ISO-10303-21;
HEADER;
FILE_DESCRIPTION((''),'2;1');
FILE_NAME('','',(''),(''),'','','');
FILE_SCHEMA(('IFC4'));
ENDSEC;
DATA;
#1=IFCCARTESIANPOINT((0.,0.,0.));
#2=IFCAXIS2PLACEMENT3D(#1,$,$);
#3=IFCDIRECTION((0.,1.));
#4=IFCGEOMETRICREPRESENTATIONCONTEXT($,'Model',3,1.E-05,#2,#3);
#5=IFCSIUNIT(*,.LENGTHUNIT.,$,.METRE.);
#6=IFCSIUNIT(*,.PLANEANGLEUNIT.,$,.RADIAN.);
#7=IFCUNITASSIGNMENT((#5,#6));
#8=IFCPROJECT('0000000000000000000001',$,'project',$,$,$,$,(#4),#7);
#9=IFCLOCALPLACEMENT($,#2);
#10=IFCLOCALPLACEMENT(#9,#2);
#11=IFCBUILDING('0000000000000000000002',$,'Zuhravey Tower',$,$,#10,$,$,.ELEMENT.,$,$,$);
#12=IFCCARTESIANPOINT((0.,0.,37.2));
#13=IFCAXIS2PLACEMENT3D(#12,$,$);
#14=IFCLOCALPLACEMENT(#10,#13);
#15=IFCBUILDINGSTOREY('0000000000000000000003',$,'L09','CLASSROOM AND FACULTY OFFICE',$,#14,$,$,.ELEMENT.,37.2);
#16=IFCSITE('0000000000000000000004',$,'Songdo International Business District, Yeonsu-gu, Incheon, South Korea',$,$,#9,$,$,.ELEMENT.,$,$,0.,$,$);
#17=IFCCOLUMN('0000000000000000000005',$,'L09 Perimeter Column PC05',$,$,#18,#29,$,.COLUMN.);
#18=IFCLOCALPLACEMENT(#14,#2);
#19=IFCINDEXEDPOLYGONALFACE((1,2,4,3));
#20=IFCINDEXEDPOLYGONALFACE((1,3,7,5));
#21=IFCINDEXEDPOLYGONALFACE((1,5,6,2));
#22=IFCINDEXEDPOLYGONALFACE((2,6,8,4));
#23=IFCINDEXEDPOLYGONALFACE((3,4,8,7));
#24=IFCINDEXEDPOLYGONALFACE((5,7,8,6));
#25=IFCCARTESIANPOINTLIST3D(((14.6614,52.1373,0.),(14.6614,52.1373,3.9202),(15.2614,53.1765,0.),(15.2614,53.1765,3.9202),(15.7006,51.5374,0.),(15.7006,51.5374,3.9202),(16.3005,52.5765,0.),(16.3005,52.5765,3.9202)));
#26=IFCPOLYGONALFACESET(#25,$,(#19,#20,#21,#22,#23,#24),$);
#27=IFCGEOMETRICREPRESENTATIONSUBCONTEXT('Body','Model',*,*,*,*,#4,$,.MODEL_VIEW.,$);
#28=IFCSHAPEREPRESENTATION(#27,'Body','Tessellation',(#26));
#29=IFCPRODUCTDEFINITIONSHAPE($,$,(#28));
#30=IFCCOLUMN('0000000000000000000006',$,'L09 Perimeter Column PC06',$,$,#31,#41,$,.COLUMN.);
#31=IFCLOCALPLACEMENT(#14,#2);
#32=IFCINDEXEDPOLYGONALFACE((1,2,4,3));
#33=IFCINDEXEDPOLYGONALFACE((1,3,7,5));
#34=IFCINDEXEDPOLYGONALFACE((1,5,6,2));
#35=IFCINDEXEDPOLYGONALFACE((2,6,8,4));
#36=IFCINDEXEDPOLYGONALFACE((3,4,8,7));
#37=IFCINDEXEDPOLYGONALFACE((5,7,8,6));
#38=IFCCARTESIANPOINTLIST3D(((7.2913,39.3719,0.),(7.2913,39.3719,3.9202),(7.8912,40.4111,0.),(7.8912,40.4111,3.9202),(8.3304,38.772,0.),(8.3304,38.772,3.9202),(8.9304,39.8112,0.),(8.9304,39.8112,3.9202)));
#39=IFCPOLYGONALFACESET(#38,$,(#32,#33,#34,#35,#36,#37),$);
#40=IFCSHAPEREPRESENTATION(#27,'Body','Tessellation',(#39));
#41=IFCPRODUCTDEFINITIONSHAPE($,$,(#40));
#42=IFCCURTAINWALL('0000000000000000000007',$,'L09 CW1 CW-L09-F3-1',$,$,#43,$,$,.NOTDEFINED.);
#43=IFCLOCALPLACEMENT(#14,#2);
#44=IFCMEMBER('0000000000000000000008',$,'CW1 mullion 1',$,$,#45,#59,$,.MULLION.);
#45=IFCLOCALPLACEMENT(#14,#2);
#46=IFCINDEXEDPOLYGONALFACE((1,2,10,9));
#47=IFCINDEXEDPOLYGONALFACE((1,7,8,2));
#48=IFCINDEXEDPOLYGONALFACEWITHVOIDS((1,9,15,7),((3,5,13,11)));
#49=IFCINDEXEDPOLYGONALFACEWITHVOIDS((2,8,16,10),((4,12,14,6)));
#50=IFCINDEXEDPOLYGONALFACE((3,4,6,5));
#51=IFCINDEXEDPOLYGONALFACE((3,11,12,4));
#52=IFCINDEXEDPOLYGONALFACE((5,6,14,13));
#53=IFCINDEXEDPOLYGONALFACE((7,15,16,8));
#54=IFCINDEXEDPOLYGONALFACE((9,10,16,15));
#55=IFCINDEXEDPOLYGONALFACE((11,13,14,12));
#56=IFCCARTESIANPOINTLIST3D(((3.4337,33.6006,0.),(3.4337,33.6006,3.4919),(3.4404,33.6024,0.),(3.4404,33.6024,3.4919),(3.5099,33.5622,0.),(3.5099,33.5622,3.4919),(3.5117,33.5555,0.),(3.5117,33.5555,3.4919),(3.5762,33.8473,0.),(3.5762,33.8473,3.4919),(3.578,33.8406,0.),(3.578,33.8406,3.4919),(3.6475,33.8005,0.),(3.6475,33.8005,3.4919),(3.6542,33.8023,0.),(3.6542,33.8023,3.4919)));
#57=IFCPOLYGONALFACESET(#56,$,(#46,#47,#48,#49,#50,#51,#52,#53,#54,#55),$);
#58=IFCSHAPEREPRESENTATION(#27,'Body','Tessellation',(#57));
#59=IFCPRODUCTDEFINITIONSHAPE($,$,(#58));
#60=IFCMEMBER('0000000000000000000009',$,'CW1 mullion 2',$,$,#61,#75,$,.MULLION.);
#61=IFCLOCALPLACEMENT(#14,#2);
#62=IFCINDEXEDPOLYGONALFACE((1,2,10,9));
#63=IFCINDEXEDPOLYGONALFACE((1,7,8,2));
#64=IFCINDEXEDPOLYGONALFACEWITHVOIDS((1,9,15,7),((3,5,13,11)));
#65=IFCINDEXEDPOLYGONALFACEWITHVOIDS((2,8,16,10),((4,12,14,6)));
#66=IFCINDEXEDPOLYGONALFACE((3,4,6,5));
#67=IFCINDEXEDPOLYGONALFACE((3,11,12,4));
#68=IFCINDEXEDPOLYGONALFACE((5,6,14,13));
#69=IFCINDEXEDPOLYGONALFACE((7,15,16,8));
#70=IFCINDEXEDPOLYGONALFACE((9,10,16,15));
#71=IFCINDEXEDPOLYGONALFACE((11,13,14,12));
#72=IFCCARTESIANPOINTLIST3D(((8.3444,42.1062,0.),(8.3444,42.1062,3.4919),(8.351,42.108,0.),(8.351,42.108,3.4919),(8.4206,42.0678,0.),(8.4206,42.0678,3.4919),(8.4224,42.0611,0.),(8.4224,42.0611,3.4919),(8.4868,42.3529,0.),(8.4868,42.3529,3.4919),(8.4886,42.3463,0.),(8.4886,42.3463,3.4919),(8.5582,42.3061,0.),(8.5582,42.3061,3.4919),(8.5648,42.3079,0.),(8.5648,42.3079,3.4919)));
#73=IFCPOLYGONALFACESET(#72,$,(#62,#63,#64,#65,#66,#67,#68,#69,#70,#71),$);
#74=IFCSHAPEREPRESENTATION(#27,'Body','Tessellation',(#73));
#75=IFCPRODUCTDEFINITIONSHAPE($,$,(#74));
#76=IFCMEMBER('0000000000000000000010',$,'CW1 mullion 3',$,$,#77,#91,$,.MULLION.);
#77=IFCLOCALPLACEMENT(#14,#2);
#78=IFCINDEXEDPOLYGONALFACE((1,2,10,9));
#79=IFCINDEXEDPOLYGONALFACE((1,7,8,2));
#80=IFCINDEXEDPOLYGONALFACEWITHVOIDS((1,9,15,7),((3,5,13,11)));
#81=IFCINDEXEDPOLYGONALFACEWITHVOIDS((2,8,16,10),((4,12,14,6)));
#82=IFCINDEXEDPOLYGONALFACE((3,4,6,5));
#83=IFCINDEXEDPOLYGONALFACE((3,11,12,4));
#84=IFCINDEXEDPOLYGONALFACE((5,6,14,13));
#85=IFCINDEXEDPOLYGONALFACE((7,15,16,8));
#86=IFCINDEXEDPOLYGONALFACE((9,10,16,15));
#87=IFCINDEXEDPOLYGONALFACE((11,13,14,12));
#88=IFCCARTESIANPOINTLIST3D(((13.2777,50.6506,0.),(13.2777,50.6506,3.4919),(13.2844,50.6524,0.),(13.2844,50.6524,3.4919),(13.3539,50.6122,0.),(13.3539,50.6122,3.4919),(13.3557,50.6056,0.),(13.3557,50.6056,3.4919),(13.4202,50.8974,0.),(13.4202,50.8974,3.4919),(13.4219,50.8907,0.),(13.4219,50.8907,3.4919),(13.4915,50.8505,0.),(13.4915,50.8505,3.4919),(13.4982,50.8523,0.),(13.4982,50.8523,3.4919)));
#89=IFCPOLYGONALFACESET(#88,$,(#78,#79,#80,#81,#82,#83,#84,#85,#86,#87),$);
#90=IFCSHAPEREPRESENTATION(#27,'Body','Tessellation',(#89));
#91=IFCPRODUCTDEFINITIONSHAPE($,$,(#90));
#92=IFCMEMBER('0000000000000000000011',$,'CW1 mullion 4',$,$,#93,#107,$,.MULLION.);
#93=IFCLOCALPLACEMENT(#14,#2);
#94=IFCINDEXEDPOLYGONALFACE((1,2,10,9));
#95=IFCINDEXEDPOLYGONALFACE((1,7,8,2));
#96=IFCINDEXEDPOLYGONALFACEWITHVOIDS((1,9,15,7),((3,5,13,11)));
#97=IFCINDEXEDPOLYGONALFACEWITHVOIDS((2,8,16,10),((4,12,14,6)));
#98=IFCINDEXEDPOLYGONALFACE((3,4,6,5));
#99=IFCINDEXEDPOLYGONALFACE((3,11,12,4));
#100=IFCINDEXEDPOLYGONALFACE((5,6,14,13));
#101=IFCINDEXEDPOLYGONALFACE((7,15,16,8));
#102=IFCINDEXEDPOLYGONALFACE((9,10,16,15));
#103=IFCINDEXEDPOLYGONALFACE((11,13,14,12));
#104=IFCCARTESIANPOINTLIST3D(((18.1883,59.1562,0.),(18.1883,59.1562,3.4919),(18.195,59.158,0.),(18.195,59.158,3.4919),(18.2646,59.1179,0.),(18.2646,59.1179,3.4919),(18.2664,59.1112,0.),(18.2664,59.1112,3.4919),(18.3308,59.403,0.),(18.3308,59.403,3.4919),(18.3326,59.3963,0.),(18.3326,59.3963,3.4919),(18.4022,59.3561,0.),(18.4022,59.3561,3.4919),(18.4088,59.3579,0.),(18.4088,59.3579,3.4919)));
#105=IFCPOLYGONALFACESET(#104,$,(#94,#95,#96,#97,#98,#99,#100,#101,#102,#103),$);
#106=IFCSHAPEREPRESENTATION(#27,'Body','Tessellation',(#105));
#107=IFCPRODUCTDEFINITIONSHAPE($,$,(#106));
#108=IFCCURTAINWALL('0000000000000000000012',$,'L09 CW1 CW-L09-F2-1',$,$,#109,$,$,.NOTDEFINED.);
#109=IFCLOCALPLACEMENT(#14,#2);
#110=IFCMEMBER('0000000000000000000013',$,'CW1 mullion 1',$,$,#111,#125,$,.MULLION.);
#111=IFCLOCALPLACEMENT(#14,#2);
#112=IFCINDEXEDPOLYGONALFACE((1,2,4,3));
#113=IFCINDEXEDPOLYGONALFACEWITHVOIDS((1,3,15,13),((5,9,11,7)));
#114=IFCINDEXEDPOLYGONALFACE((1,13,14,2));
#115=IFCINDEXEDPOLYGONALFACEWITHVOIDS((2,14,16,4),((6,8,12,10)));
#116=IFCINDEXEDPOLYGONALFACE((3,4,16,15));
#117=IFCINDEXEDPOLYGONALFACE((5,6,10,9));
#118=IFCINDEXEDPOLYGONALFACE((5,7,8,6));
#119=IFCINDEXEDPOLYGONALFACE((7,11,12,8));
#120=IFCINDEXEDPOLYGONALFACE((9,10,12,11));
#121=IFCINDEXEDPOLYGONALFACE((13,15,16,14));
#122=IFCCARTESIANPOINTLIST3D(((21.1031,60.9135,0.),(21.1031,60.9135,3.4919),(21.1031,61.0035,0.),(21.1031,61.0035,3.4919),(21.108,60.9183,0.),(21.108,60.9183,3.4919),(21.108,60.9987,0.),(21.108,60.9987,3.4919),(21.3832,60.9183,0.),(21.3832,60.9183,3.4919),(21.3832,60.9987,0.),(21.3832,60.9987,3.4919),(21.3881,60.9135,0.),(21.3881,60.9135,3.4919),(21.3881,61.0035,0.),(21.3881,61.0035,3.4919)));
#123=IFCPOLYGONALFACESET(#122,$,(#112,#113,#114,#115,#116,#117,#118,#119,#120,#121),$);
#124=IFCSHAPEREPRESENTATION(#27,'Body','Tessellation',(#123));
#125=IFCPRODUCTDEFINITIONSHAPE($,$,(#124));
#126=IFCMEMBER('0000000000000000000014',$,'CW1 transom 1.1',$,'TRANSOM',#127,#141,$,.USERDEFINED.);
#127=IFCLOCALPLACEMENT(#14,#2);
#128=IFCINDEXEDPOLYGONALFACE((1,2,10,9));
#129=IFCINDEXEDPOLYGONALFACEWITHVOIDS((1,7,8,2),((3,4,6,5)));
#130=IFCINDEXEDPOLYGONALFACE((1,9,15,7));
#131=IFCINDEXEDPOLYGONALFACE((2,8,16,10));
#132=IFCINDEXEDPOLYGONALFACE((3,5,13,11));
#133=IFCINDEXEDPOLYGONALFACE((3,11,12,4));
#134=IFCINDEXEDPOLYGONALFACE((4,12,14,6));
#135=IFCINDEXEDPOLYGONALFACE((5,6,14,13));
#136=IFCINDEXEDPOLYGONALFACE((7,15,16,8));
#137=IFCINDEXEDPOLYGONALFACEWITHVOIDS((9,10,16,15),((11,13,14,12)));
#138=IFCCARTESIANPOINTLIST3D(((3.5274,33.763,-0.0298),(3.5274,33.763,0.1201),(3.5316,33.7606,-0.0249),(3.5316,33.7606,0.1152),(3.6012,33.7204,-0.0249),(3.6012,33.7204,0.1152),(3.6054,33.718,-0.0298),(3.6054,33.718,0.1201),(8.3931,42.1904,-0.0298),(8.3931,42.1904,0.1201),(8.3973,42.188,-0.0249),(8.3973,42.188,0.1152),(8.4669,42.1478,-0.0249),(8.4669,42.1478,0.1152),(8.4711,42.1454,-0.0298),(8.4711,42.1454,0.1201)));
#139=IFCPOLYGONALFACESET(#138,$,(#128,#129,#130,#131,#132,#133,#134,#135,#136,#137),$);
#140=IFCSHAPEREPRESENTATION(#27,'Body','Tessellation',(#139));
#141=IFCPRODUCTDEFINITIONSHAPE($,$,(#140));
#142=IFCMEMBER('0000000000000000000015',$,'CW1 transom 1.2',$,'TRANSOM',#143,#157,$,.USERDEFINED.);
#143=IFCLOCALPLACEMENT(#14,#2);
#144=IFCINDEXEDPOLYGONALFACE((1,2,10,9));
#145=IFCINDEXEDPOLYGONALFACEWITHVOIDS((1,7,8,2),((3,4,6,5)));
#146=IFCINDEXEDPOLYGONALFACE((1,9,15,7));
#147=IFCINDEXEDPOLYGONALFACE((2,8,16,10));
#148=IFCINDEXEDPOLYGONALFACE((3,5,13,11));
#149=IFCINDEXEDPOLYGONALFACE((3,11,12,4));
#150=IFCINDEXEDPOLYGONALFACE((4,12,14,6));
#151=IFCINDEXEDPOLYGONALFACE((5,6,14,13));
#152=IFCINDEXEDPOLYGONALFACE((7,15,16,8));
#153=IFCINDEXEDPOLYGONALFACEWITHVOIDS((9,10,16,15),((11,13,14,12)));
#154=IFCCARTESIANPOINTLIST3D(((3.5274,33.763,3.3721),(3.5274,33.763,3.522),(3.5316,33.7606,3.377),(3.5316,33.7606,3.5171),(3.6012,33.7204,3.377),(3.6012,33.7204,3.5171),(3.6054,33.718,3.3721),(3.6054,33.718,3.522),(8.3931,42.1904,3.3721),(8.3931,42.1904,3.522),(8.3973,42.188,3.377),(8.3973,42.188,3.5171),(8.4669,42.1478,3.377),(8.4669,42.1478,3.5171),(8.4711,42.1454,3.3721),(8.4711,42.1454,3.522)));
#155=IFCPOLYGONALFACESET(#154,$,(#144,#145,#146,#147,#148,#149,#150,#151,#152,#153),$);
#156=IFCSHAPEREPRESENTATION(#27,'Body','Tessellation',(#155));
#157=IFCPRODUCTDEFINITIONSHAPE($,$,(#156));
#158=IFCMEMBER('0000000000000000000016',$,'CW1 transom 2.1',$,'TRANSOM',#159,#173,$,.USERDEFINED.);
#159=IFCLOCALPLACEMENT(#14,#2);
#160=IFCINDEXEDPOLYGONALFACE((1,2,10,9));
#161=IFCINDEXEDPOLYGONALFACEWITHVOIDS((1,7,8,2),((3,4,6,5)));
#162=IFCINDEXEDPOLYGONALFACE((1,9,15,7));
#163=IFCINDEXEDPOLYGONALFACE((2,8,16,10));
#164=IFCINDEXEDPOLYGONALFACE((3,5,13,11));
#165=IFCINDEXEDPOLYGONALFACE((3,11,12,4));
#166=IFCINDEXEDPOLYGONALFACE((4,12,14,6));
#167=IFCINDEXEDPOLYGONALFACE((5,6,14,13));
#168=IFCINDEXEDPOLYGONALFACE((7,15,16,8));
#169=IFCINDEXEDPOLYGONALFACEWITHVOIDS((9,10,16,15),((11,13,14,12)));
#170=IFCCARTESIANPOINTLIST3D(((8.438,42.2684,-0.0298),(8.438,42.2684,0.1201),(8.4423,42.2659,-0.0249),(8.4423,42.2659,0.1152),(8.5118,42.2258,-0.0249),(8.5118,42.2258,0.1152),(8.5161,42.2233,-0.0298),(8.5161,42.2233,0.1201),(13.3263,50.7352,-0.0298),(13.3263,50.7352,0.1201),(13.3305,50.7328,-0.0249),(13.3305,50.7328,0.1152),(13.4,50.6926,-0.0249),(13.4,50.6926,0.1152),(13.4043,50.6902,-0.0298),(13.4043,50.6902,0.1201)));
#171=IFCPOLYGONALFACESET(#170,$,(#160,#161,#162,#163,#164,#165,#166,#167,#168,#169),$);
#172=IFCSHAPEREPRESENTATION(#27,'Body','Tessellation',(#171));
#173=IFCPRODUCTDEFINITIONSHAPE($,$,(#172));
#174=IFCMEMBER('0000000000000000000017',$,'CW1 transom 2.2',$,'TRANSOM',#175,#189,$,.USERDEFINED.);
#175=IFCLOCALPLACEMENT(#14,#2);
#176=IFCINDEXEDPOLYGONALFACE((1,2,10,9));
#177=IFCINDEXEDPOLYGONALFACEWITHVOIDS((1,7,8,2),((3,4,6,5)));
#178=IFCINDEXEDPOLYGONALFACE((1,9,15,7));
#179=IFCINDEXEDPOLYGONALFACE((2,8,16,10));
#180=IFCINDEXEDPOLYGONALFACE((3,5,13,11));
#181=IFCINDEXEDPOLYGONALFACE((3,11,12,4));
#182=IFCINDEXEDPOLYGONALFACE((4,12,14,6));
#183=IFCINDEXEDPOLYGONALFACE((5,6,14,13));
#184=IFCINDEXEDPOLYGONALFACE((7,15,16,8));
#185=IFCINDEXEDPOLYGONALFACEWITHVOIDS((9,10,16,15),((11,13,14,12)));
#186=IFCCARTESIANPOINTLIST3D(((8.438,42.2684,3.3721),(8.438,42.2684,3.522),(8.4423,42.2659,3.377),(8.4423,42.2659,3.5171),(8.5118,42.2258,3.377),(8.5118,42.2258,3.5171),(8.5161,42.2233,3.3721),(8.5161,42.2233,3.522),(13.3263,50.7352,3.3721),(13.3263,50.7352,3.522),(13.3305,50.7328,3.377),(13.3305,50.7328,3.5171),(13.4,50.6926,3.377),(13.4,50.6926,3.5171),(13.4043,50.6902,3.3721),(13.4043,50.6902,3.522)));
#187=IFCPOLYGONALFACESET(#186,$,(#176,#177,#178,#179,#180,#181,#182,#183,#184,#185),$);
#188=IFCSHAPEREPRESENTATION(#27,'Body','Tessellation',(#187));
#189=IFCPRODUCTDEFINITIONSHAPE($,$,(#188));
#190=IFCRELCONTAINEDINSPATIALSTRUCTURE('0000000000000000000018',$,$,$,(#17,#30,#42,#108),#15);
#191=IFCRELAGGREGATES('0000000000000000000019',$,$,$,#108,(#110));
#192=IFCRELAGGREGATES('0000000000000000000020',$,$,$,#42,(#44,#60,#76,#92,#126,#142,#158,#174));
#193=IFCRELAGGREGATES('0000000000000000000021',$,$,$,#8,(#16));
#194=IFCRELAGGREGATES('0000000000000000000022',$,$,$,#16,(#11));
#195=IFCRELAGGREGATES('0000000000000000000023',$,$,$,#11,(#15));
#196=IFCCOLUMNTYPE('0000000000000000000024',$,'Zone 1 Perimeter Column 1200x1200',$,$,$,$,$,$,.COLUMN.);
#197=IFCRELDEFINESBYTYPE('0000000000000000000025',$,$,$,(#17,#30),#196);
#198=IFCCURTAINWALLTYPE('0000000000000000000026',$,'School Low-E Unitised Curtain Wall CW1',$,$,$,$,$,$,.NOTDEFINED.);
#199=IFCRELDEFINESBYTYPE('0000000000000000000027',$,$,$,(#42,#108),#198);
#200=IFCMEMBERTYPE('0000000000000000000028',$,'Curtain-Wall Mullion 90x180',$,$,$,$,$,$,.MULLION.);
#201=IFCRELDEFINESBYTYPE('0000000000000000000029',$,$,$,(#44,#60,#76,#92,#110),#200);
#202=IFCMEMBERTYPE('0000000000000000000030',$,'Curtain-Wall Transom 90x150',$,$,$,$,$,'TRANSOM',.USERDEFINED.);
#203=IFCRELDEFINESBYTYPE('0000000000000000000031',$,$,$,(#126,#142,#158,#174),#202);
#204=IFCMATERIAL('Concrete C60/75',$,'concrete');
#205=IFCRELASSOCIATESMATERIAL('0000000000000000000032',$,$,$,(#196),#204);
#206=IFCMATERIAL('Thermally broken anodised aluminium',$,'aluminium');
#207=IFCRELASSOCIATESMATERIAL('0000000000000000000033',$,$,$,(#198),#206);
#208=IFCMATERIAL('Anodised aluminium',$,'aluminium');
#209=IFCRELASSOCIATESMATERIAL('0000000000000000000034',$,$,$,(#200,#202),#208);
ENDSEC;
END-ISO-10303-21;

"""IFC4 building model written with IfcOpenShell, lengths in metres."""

from ifc_helpers import new_model, si_unit, direction, frame, origin, origin_2d, place, context, subcontext, project, spatial, rectangle, hollow_rectangle, extrude, material, material_profile, profile_set, type_object, element, aggregate, save


model = new_model("IFC4")

# Units and contexts
model_context = context("Model", 3, precision=1e-05, world=origin(), true_north=direction((0.0, 1.0)))
body_context = subcontext(model_context, "Body", "Model", "MODEL_VIEW")
ifc_project = project(units=[si_unit("LENGTHUNIT", "METRE"), si_unit("PLANEANGLEUNIT", "RADIAN")], contexts=[model_context])

# Site, building, storey
site_placement = place(None, origin())
site = spatial("IfcSite", under=ifc_project, at=site_placement, Name="Songdo International Business District, Yeonsu-gu, Incheon, South Korea", CompositionType="ELEMENT", RefElevation=0.0)
building_placement = place(site_placement, origin())
building = spatial("IfcBuilding", under=site, at=building_placement, Name="Zuhravey Tower", CompositionType="ELEMENT")
storey_placement = place(building_placement, frame((0.0, 0.0, 37.2)))
storey = spatial("IfcBuildingStorey", under=building, at=storey_placement, Name="L09", Description="CLASSROOM AND FACULTY OFFICE", CompositionType="ELEMENT", Elevation=37.2)

# Columns
ifc_material_1 = material(Name="Concrete C60/75", Category="concrete")
ifc_material_profile_1 = material_profile(ifc_material_1, rectangle(XDim=1.2, YDim=1.2, at=origin_2d()), Name="RC-1200x1200")
ifc_profile_set_1 = profile_set([ifc_material_profile_1], Name="Concrete C60/75")
column_type = type_object("IfcColumnType", Name="Zone 1 Perimeter Column 1200x1200", PredefinedType="COLUMN", material=ifc_profile_set_1)
for number, where, z_axis, x_axis, name in (
    (1, (15.481, 52.3569, 0.0), (0.0, 0.0, 1.0), (-0.5, -0.866025, 0.0), "L09 Perimeter Column PC05"),
    (2, (8.1108, 39.5916, 0.0), (0.0, 0.0, 1.0), (-0.5, -0.866025, 0.0), "L09 Perimeter Column PC06"),
):
    element("IfcColumn", number, at=place(storey_placement, frame(where, z_axis=z_axis, x_axis=x_axis)), inside=storey, type_object=column_type, Name=name, PredefinedType="COLUMN", context=body_context, shape_type="SweptSolid", body=[
        extrude(rectangle(XDim=1.2, YDim=1.2, at=origin_2d()), origin(), (0.0, 0.0, 1.0), 3.9202),
    ])

# Curtain wall, members
ifc_material_2 = material(Name="Thermally broken anodised aluminium", Category="aluminium")
curtain_wall_type = type_object("IfcCurtainWallType", Name="School Low-E Unitised Curtain Wall CW1", PredefinedType="NOTDEFINED", material=ifc_material_2)
curtain_wall_1_placement = place(storey_placement, origin())
curtain_wall_1 = element("IfcCurtainWall", 3, at=curtain_wall_1_placement, inside=storey, type_object=curtain_wall_type, Name="L09 CW1 CW-L09-F3-1", PredefinedType="NOTDEFINED")
ifc_material_3 = material(Name="Anodised aluminium", Category="aluminium")
ifc_material_profile_2 = material_profile(ifc_material_3, hollow_rectangle(XDim=0.0901, YDim=0.2849, WallThickness=0.0049, at=origin_2d()), Name="ALU-RHS-90x285x5")
ifc_profile_set_2 = profile_set([ifc_material_profile_2], Name="Anodised aluminium")
member_type_1 = type_object("IfcMemberType", Name="Curtain-Wall Mullion 90x180", PredefinedType="MULLION", material=ifc_profile_set_2)
member_1_placement = place(storey_placement, frame((3.5439, 33.7014, 0.0), z_axis=(0.0, 0.0, 1.0), x_axis=(-0.866026, 0.5, 0.0)))
member_1 = element("IfcMember", 4, at=member_1_placement, type_object=member_type_1, Name="CW1 mullion 1", PredefinedType="MULLION", context=body_context, shape_type="SweptSolid", body=[
    extrude(hollow_rectangle(XDim=0.0901, YDim=0.2849, WallThickness=0.0049, at=origin_2d()), origin(), (0.0, 0.0, 1.0), 3.4919),
])
member_2_placement = place(storey_placement, frame((8.4546, 42.207, 0.0), z_axis=(0.0, 0.0, 1.0), x_axis=(-0.866026, 0.5, 0.0)))
member_2 = element("IfcMember", 5, at=member_2_placement, type_object=member_type_1, Name="CW1 mullion 2", PredefinedType="MULLION", context=body_context, shape_type="SweptSolid", body=[
    extrude(hollow_rectangle(XDim=0.0901, YDim=0.2849, WallThickness=0.0049, at=origin_2d()), origin(), (0.0, 0.0, 1.0), 3.4919),
])
member_3_placement = place(storey_placement, frame((13.3879, 50.7515, 0.0), z_axis=(0.0, 0.0, 1.0), x_axis=(-0.866026, 0.5, 0.0)))
member_3 = element("IfcMember", 6, at=member_3_placement, type_object=member_type_1, Name="CW1 mullion 3", PredefinedType="MULLION", context=body_context, shape_type="SweptSolid", body=[
    extrude(hollow_rectangle(XDim=0.0901, YDim=0.2849, WallThickness=0.0049, at=origin_2d()), origin(), (0.0, 0.0, 1.0), 3.4919),
])
member_4_placement = place(storey_placement, frame((18.2986, 59.2571, 0.0), z_axis=(0.0, 0.0, 1.0), x_axis=(-0.866026, 0.5, 0.0)))
member_4 = element("IfcMember", 7, at=member_4_placement, type_object=member_type_1, Name="CW1 mullion 4", PredefinedType="MULLION", context=body_context, shape_type="SweptSolid", body=[
    extrude(hollow_rectangle(XDim=0.0901, YDim=0.2849, WallThickness=0.0049, at=origin_2d()), origin(), (0.0, 0.0, 1.0), 3.4919),
])

# Curtain wall, member
curtain_wall_2_placement = place(storey_placement, origin())
curtain_wall_2 = element("IfcCurtainWall", 8, at=curtain_wall_2_placement, inside=storey, type_object=curtain_wall_type, Name="L09 CW1 CW-L09-F2-1", PredefinedType="NOTDEFINED")
member_5_placement = place(storey_placement, frame((21.2456, 60.9585, 0.0), z_axis=(0.0, 0.0, 1.0), x_axis=(0.0, 1.0, 0.0)))
member_5 = element("IfcMember", 9, at=member_5_placement, type_object=member_type_1, Name="CW1 mullion 1", PredefinedType="MULLION", context=body_context, shape_type="SweptSolid", body=[
    extrude(hollow_rectangle(XDim=0.0901, YDim=0.2849, WallThickness=0.0049, at=origin_2d()), origin(), (0.0, 0.0, 1.0), 3.4919),
])

# Members
ifc_material_profile_3 = material_profile(ifc_material_3, hollow_rectangle(XDim=0.0901, YDim=0.1499, WallThickness=0.0049, at=origin_2d()), Name="ALU-RHS-90x150x5")
ifc_profile_set_3 = profile_set([ifc_material_profile_3], Name="Anodised aluminium")
member_type_2 = type_object("IfcMemberType", Name="Curtain-Wall Transom 90x150", ElementType="TRANSOM", PredefinedType="USERDEFINED", material=ifc_profile_set_3)
member_6_placement = place(storey_placement, frame((3.5664, 33.7405, 0.0452), z_axis=(0.500008, 0.866021, 0.0), x_axis=(-0.866021, 0.500008, 0.0)))
member_6 = element("IfcMember", 10, at=member_6_placement, type_object=member_type_2, Name="CW1 transom 1.1", ObjectType="TRANSOM", PredefinedType="USERDEFINED", context=body_context, shape_type="SweptSolid", body=[
    extrude(hollow_rectangle(XDim=0.0901, YDim=0.1499, WallThickness=0.0049, at=origin_2d()), origin(), (0.0, 0.0, 1.0), 9.7312),
])
member_7_placement = place(storey_placement, frame((3.5664, 33.7405, 3.447), z_axis=(0.500008, 0.866021, 0.0), x_axis=(-0.866021, 0.500008, 0.0)))
member_7 = element("IfcMember", 11, at=member_7_placement, type_object=member_type_2, Name="CW1 transom 1.2", ObjectType="TRANSOM", PredefinedType="USERDEFINED", context=body_context, shape_type="SweptSolid", body=[
    extrude(hollow_rectangle(XDim=0.0901, YDim=0.1499, WallThickness=0.0049, at=origin_2d()), origin(), (0.0, 0.0, 1.0), 9.7312),
])
member_8_placement = place(storey_placement, frame((8.4771, 42.2458, 0.0452), z_axis=(0.49999, 0.866031, 0.0), x_axis=(-0.866031, 0.49999, 0.0)))
member_8 = element("IfcMember", 12, at=member_8_placement, type_object=member_type_2, Name="CW1 transom 2.1", ObjectType="TRANSOM", PredefinedType="USERDEFINED", context=body_context, shape_type="SweptSolid", body=[
    extrude(hollow_rectangle(XDim=0.0901, YDim=0.1499, WallThickness=0.0049, at=origin_2d()), origin(), (0.0, 0.0, 1.0), 9.7766),
])
member_9_placement = place(storey_placement, frame((8.4771, 42.2458, 3.447), z_axis=(0.49999, 0.866031, 0.0), x_axis=(-0.866031, 0.49999, 0.0)))
member_9 = element("IfcMember", 13, at=member_9_placement, type_object=member_type_2, Name="CW1 transom 2.2", ObjectType="TRANSOM", PredefinedType="USERDEFINED", context=body_context, shape_type="SweptSolid", body=[
    extrude(hollow_rectangle(XDim=0.0901, YDim=0.1499, WallThickness=0.0049, at=origin_2d()), origin(), (0.0, 0.0, 1.0), 9.7766),
])
aggregate(curtain_wall_2, [member_5])

aggregate(curtain_wall_1, [member_1, member_2, member_3, member_4, member_6, member_7, member_8, member_9])

save(model, "model.ifc")
